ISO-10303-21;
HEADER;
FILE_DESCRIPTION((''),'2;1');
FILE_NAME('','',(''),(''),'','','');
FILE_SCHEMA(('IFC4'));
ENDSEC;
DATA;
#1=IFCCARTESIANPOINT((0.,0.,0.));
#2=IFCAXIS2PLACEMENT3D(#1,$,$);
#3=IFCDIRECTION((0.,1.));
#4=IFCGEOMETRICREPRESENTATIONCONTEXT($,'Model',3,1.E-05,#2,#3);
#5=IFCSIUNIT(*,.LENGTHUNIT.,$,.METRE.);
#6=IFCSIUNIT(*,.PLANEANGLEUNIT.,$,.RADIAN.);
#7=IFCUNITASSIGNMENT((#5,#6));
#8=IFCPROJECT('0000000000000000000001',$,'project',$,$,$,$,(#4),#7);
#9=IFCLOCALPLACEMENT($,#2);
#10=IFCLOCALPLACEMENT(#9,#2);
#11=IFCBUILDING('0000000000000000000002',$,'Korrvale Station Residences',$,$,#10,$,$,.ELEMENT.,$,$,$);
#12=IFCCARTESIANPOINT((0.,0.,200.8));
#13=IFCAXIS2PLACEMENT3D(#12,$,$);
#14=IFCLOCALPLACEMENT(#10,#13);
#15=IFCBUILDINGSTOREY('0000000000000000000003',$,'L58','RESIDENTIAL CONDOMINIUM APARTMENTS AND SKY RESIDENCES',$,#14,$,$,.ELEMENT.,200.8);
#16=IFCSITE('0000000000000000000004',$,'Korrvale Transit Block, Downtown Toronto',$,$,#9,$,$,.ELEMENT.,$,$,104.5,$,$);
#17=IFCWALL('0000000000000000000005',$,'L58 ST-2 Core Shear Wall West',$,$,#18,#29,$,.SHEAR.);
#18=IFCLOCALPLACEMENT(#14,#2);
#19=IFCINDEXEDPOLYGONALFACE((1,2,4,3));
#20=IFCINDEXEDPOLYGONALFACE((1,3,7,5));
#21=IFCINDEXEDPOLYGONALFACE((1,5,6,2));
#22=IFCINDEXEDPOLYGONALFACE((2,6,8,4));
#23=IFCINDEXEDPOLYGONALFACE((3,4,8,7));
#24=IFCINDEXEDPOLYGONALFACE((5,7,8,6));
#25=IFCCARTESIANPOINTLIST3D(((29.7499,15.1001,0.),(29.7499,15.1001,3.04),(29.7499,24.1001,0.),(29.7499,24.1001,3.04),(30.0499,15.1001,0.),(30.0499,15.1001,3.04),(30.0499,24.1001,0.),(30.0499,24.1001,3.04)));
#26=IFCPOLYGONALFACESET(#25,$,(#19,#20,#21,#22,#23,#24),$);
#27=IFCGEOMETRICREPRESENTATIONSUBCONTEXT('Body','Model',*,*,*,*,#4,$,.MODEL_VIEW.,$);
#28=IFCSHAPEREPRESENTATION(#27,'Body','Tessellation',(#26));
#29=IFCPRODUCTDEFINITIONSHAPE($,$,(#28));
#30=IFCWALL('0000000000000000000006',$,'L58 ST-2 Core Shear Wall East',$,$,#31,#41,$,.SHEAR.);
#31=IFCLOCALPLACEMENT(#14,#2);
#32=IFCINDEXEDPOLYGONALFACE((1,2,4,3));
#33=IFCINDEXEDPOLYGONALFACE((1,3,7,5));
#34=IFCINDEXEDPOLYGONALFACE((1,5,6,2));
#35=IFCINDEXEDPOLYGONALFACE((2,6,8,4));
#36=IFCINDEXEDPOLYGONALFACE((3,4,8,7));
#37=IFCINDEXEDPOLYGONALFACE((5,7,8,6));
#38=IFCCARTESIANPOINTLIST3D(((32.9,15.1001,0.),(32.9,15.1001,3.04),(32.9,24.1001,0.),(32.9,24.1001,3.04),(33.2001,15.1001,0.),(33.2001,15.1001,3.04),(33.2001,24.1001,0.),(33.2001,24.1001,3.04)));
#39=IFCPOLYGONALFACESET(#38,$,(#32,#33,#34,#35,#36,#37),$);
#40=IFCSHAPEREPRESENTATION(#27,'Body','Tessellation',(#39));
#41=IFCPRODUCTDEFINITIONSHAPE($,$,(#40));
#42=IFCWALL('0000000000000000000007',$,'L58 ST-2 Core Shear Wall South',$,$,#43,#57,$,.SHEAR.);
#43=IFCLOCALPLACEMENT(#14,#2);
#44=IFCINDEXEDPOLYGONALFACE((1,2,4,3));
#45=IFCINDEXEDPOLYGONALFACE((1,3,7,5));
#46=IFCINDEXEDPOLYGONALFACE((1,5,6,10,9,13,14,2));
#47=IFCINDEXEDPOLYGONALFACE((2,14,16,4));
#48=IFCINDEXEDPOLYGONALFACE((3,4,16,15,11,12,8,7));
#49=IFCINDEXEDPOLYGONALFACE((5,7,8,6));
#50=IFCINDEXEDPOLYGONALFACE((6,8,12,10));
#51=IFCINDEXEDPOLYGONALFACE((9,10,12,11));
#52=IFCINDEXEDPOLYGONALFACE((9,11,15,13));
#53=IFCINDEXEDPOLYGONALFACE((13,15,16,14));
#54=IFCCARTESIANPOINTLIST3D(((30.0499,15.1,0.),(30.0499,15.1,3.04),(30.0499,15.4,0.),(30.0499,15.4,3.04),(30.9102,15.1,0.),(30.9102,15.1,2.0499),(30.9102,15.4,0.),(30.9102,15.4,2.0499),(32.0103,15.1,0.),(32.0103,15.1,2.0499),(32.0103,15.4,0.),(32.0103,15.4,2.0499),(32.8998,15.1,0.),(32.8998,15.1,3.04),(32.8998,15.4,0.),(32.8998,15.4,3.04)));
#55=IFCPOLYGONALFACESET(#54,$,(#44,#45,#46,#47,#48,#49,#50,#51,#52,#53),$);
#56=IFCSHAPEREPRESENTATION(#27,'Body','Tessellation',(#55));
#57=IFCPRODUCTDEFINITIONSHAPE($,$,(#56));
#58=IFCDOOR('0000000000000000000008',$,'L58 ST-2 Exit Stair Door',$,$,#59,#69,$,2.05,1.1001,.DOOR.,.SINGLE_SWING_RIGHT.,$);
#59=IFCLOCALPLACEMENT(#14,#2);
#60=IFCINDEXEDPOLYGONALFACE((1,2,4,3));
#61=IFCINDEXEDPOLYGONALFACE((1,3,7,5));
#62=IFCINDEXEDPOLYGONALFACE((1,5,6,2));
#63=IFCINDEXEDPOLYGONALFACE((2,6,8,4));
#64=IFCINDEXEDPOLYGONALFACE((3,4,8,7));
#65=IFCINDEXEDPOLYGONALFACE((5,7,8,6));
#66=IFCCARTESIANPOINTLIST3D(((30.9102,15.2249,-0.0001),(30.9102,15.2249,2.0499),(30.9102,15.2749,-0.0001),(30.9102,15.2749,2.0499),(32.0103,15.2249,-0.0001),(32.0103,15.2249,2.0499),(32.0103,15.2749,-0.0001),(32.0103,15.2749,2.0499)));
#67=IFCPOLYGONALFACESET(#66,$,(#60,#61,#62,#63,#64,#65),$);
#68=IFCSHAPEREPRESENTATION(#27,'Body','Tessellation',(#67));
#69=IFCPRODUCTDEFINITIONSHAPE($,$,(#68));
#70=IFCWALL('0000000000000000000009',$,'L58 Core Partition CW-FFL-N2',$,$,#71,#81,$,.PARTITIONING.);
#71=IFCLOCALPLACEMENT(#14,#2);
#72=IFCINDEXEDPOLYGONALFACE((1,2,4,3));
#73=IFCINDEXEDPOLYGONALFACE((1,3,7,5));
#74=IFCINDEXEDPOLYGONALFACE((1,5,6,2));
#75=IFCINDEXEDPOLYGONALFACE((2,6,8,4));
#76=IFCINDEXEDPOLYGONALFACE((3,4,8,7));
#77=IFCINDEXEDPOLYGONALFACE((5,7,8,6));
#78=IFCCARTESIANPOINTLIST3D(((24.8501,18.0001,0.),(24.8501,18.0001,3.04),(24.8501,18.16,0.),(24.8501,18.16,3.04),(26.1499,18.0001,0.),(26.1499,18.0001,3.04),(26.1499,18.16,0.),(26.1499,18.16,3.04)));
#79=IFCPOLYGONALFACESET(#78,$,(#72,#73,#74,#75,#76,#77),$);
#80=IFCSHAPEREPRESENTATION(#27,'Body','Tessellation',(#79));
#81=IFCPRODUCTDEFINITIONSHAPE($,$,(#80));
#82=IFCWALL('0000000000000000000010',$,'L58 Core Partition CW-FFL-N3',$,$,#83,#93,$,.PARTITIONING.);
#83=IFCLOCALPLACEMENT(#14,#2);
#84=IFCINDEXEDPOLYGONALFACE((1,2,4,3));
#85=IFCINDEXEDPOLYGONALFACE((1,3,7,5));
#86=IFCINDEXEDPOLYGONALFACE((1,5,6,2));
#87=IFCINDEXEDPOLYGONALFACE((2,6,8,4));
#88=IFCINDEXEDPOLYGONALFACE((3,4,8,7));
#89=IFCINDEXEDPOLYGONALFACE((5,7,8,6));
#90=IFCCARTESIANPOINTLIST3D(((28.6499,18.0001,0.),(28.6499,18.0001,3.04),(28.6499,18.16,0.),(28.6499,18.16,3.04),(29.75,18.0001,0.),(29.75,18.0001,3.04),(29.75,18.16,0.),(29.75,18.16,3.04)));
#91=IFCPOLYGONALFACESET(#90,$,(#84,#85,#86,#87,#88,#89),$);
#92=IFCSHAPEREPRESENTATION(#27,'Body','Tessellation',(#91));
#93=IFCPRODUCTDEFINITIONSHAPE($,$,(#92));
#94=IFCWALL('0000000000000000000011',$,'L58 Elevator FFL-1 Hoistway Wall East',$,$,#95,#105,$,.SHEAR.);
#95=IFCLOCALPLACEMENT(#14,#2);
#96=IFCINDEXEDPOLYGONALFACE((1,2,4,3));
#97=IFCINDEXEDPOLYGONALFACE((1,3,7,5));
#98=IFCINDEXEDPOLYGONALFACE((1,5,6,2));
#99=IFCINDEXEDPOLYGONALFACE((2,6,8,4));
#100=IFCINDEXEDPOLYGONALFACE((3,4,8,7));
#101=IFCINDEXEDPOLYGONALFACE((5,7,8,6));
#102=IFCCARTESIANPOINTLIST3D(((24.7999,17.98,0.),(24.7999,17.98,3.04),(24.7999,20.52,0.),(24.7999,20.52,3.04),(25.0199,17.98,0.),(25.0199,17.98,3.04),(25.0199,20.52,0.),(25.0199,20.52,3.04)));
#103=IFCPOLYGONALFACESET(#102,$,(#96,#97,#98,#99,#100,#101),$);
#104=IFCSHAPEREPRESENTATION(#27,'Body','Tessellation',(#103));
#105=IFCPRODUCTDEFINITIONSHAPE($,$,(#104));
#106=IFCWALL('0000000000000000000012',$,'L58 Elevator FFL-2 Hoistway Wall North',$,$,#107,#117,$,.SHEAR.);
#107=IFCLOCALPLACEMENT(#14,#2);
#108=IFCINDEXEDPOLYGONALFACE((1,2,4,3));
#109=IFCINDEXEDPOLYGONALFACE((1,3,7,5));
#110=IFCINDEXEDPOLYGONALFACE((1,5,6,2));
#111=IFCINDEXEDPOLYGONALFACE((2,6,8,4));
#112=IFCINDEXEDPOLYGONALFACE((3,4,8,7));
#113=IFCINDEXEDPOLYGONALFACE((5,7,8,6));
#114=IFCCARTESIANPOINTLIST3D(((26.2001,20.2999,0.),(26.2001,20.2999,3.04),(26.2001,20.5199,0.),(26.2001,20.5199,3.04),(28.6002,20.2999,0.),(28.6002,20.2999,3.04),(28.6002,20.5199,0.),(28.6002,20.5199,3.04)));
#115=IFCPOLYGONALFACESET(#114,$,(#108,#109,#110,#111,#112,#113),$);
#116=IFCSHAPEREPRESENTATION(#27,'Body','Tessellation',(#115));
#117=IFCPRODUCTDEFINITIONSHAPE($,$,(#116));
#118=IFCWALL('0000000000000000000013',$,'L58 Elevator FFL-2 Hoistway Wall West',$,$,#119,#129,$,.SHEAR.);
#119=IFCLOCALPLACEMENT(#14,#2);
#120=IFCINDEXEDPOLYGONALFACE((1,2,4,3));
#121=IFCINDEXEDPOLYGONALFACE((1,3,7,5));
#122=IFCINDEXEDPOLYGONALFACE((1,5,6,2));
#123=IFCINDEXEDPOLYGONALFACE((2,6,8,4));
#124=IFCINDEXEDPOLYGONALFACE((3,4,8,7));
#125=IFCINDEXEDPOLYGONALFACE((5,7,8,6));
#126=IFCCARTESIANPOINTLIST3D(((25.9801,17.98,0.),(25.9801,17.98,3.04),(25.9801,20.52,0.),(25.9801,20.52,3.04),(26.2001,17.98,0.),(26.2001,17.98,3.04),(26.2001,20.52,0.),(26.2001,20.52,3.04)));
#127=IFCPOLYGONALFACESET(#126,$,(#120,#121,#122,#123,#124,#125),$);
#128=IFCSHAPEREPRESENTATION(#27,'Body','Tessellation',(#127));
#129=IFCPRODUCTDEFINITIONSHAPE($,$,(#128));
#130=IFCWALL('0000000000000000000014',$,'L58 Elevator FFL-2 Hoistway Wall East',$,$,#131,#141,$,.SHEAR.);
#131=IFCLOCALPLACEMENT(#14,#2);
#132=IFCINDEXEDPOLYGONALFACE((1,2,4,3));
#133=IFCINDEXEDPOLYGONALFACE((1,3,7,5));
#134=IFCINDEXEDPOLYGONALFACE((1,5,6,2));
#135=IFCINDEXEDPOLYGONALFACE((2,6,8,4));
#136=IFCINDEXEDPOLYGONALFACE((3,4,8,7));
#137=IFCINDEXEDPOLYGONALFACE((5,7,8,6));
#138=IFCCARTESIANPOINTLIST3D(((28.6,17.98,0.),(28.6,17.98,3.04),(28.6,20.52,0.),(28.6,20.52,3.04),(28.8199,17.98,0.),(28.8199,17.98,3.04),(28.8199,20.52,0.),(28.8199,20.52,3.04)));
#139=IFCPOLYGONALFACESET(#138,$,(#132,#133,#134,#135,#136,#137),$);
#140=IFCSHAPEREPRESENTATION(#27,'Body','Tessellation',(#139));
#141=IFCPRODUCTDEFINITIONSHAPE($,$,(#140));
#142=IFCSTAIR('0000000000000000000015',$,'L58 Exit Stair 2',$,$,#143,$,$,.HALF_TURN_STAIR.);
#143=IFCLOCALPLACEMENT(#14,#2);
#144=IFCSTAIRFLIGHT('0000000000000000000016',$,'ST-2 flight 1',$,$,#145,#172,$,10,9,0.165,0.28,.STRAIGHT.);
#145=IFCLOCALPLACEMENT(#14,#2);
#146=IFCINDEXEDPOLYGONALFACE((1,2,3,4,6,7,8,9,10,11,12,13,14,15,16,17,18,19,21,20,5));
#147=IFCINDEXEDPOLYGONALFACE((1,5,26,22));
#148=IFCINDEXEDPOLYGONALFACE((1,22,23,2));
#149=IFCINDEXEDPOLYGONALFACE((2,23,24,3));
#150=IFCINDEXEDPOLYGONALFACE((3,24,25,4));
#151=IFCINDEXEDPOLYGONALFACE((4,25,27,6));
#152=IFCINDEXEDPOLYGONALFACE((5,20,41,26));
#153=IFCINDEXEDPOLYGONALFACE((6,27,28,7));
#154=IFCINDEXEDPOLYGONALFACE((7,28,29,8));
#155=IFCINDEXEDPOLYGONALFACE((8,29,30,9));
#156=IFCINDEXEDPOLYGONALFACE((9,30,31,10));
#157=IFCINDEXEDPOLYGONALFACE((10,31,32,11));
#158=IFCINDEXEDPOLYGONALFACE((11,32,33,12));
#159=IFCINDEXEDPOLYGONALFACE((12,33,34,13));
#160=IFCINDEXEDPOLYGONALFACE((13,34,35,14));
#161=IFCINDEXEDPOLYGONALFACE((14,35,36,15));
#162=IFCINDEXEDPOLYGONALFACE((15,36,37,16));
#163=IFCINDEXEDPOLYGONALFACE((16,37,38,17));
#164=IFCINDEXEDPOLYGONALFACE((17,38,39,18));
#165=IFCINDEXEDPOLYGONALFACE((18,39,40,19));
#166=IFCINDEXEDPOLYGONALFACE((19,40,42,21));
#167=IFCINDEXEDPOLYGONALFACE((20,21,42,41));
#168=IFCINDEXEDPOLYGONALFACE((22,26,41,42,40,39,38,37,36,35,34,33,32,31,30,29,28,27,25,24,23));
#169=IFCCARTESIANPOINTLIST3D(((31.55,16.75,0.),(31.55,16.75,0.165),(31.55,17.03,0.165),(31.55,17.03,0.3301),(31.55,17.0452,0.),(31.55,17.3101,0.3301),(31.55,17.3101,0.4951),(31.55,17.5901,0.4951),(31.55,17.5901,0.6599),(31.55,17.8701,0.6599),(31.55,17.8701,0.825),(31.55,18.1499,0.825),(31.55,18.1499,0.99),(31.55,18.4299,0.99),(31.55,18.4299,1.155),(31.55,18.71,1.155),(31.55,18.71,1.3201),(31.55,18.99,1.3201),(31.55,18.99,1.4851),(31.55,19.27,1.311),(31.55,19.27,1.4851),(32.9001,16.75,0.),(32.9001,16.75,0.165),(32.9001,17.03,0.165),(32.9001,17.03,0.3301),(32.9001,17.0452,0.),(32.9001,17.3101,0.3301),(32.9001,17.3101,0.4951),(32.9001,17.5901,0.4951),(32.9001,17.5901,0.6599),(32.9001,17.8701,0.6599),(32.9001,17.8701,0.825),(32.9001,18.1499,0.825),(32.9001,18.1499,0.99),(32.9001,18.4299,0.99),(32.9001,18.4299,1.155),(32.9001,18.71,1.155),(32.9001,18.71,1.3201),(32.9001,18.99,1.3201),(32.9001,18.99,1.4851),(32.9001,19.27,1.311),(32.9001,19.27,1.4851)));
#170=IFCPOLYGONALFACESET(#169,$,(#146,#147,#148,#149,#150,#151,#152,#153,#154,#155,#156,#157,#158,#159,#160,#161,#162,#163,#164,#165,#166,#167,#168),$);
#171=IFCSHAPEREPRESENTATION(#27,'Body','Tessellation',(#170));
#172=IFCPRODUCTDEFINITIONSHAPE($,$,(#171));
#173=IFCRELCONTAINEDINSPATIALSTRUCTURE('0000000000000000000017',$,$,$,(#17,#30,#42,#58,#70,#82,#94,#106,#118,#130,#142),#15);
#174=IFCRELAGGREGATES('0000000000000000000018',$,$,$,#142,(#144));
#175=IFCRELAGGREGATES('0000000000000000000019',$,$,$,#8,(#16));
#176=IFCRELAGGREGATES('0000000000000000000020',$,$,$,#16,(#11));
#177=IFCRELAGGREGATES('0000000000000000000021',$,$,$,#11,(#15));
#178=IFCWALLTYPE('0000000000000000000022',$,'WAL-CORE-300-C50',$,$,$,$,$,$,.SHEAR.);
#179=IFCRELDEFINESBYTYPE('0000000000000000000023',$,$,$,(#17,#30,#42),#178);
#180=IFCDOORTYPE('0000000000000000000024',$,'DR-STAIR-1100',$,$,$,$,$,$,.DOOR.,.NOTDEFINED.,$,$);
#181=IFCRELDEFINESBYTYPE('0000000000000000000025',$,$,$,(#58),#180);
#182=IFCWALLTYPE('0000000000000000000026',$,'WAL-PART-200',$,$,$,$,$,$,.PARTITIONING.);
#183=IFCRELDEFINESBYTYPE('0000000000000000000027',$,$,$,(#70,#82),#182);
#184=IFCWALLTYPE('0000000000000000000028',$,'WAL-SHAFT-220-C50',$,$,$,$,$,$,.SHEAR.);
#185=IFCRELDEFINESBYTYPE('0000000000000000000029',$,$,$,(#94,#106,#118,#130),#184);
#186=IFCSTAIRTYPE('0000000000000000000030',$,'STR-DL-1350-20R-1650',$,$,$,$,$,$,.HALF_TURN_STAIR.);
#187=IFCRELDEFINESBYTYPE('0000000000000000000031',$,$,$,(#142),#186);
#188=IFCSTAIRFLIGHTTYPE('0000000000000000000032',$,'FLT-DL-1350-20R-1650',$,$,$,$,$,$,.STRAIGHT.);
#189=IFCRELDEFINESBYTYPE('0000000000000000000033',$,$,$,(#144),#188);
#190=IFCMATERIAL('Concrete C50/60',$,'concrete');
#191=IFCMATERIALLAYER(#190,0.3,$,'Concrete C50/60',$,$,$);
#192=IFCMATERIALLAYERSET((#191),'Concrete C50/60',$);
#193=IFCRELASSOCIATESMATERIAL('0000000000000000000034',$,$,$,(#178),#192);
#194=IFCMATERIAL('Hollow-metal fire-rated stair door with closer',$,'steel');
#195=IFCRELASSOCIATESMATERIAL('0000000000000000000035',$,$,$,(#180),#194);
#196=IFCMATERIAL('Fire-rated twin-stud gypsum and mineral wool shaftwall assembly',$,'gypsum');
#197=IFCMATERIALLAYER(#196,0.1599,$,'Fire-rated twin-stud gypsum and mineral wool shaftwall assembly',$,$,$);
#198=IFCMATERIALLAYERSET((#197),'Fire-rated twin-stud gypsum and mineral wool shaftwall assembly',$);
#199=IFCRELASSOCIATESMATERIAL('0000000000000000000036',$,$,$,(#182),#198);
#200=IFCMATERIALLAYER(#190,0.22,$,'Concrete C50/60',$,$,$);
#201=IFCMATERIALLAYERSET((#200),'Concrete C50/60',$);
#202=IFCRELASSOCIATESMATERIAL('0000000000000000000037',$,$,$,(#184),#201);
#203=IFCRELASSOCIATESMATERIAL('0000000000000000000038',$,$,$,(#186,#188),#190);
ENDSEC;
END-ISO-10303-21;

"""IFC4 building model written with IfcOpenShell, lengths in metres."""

from ifc_helpers import new_model, si_unit, direction, frame, frame_2d, origin, place, context, subcontext, project, spatial, polyline, rectangle, outline, extrude, material, layer, layer_set, type_object, element, fill, aggregate, save


model = new_model("IFC4")

# Units and contexts
model_context = context("Model", 3, precision=1e-05, world=origin(), true_north=direction((0.0, 1.0)))
body_context = subcontext(model_context, "Body", "Model", "MODEL_VIEW")
ifc_project = project(units=[si_unit("LENGTHUNIT", "METRE"), si_unit("PLANEANGLEUNIT", "RADIAN")], contexts=[model_context])

# Site, building, storey
site_placement = place(None, origin())
site = spatial("IfcSite", under=ifc_project, at=site_placement, Name="Korrvale Transit Block, Downtown Toronto", CompositionType="ELEMENT", RefElevation=104.5)
building_placement = place(site_placement, origin())
building = spatial("IfcBuilding", under=site, at=building_placement, Name="Korrvale Station Residences", CompositionType="ELEMENT")
storey_placement = place(building_placement, frame((0.0, 0.0, 200.8)))
storey = spatial("IfcBuildingStorey", under=building, at=storey_placement, Name="L58", Description="RESIDENTIAL CONDOMINIUM APARTMENTS AND SKY RESIDENCES", CompositionType="ELEMENT", Elevation=200.8)

# Walls
ifc_material_1 = material(Name="Concrete C50/60", Category="concrete")
ifc_layer_1 = layer(ifc_material_1, 0.3, Name="Concrete C50/60")
ifc_layer_set_1 = layer_set([ifc_layer_1], Name="Concrete C50/60")
wall_type_1 = type_object("IfcWallType", Name="WAL-CORE-300-C50", PredefinedType="SHEAR", material=ifc_layer_set_1)
for number, where, z_axis, x_axis, name in (
    (1, (29.8999, 15.1001, 0.0), (0.0, 0.0, 1.0), (0.0, 1.0, 0.0), "L58 ST-2 Core Shear Wall West"),
    (2, (33.05, 15.1001, 0.0), (0.0, 0.0, 1.0), (0.0, 1.0, 0.0), "L58 ST-2 Core Shear Wall East"),
):
    element("IfcWall", number, at=place(storey_placement, frame(where, z_axis=z_axis, x_axis=x_axis)), inside=storey, type_object=wall_type_1, Name=name, PredefinedType="SHEAR", context=body_context, shape_type="SweptSolid", body=[
        extrude(rectangle(XDim=9.0, YDim=0.3, at=frame_2d((4.5, 0.0))), origin(), (0.0, 0.0, 1.0), 3.04),
    ])

# Wall, opening, door
wall_1_placement = place(storey_placement, frame((30.05, 15.25, 0.0), z_axis=(0.0, 0.0, 1.0), x_axis=(1.0, 0.0, 0.0)))
wall_1 = element("IfcWall", 3, at=wall_1_placement, inside=storey, type_object=wall_type_1, Name="L58 ST-2 Core Shear Wall South", PredefinedType="SHEAR", context=body_context, shape_type="SweptSolid", body=[
    extrude(rectangle(XDim=2.8499, YDim=0.3, at=frame_2d((1.4248, 0.0))), origin(), (0.0, 0.0, 1.0), 3.04),
])
opening_1_placement = place(wall_1_placement, frame((0.8601, 0.0, 0.0)))
opening_1 = element("IfcOpeningElement", 4, at=opening_1_placement, cuts=wall_1, PredefinedType="OPENING", context=body_context, shape_type="SweptSolid", body=[
    extrude(rectangle(XDim=1.1001, YDim=2.05, at=frame_2d((0.55, 1.0249))), frame((0.0, 0.1602, 0.0), z_axis=(0.0, -1.0, 0.0), x_axis=(1.0, 0.0, 0.0)), (0.0, 0.0, 1.0), 0.3201),
])
ifc_material_2 = material(Name="Hollow-metal fire-rated stair door with closer", Category="steel")
door_type_1 = type_object("IfcDoorType", Name="DR-STAIR-1100", OperationType="NOTDEFINED", PredefinedType="DOOR", material=ifc_material_2)
door_1_placement = place(opening_1_placement, origin())
door_1 = element("IfcDoor", 5, at=door_1_placement, inside=storey, type_object=door_type_1, Name="L58 ST-2 Exit Stair Door", OperationType="SINGLE_SWING_RIGHT", OverallHeight=2.05, OverallWidth=1.1001, PredefinedType="DOOR", context=body_context, shape_type="SweptSolid", body=[
    extrude(rectangle(XDim=1.1001, YDim=2.05, at=frame_2d((0.55, 1.0249))), frame((0.0, 0.0249, 0.0), z_axis=(0.0, -1.0, 0.0), x_axis=(1.0, 0.0, 0.0)), (0.0, 0.0, 1.0), 0.05),
])
fill(opening_1, door_1)

# Walls
ifc_material_3 = material(Name="Fire-rated twin-stud gypsum and mineral wool shaftwall assembly", Category="gypsum")
ifc_layer_2 = layer(ifc_material_3, 0.1599, Name="Fire-rated twin-stud gypsum and mineral wool shaftwall assembly")
ifc_layer_set_2 = layer_set([ifc_layer_2], Name="Fire-rated twin-stud gypsum and mineral wool shaftwall assembly")
wall_type_2 = type_object("IfcWallType", Name="WAL-PART-200", PredefinedType="PARTITIONING", material=ifc_layer_set_2)
wall_2_placement = place(storey_placement, frame((24.8501, 18.0801, 0.0), z_axis=(0.0, 0.0, 1.0), x_axis=(1.0, 0.0, 0.0)))
element("IfcWall", 6, at=wall_2_placement, inside=storey, type_object=wall_type_2, Name="L58 Core Partition CW-FFL-N2", PredefinedType="PARTITIONING", context=body_context, shape_type="SweptSolid", body=[
    extrude(rectangle(XDim=1.2998, YDim=0.1599, at=frame_2d((0.6499, 0.0))), origin(), (0.0, 0.0, 1.0), 3.04),
])
wall_3_placement = place(storey_placement, frame((28.6499, 18.0801, 0.0), z_axis=(0.0, 0.0, 1.0), x_axis=(1.0, 0.0, 0.0)))
element("IfcWall", 7, at=wall_3_placement, inside=storey, type_object=wall_type_2, Name="L58 Core Partition CW-FFL-N3", PredefinedType="PARTITIONING", context=body_context, shape_type="SweptSolid", body=[
    extrude(rectangle(XDim=1.1001, YDim=0.1599, at=frame_2d((0.55, 0.0))), origin(), (0.0, 0.0, 1.0), 3.04),
])
ifc_layer_3 = layer(ifc_material_1, 0.22, Name="Concrete C50/60")
ifc_layer_set_3 = layer_set([ifc_layer_3], Name="Concrete C50/60")
wall_type_3 = type_object("IfcWallType", Name="WAL-SHAFT-220-C50", PredefinedType="SHEAR", material=ifc_layer_set_3)
wall_4_placement = place(storey_placement, frame((24.9099, 17.98, 0.0), z_axis=(0.0, 0.0, 1.0), x_axis=(0.0, 1.0, 0.0)))
element("IfcWall", 8, at=wall_4_placement, inside=storey, type_object=wall_type_3, Name="L58 Elevator FFL-1 Hoistway Wall East", PredefinedType="SHEAR", context=body_context, shape_type="SweptSolid", body=[
    extrude(rectangle(XDim=2.54, YDim=0.22, at=frame_2d((1.27, 0.0))), origin(), (0.0, 0.0, 1.0), 3.04),
])

# Walls
wall_5_placement = place(storey_placement, frame((26.2, 20.4099, 0.0), z_axis=(0.0, 0.0, 1.0), x_axis=(1.0, 0.0, 0.0)))
element("IfcWall", 9, at=wall_5_placement, inside=storey, type_object=wall_type_3, Name="L58 Elevator FFL-2 Hoistway Wall North", PredefinedType="SHEAR", context=body_context, shape_type="SweptSolid", body=[
    extrude(rectangle(XDim=2.4001, YDim=0.22, at=frame_2d((1.2002, 0.0))), origin(), (0.0, 0.0, 1.0), 3.04),
])
for number, where, z_axis, x_axis, name in (
    (10, (26.0901, 17.98, 0.0), (0.0, 0.0, 1.0), (0.0, 1.0, 0.0), "L58 Elevator FFL-2 Hoistway Wall West"),
    (11, (28.71, 17.98, 0.0), (0.0, 0.0, 1.0), (0.0, 1.0, 0.0), "L58 Elevator FFL-2 Hoistway Wall East"),
):
    element("IfcWall", number, at=place(storey_placement, frame(where, z_axis=z_axis, x_axis=x_axis)), inside=storey, type_object=wall_type_3, Name=name, PredefinedType="SHEAR", context=body_context, shape_type="SweptSolid", body=[
        extrude(rectangle(XDim=2.54, YDim=0.22, at=frame_2d((1.27, 0.0))), origin(), (0.0, 0.0, 1.0), 3.04),
    ])

# Stair, stair flight
stair_type = type_object("IfcStairType", Name="STR-DL-1350-20R-1650", PredefinedType="HALF_TURN_STAIR", material=ifc_material_1)
stair_placement = place(storey_placement, origin())
stair = element("IfcStair", 12, at=stair_placement, inside=storey, type_object=stair_type, Name="L58 Exit Stair 2", PredefinedType="HALF_TURN_STAIR")
stair_flight_type = type_object("IfcStairFlightType", Name="FLT-DL-1350-20R-1650", PredefinedType="STRAIGHT", material=ifc_material_1)
stair_flight_1_placement = place(storey_placement, frame((32.2251, 16.75, 0.0), z_axis=(0.0, 0.0, 1.0), x_axis=(0.0, 1.0, 0.0)))
stair_flight_1 = element("IfcStairFlight", 13, at=stair_flight_1_placement, type_object=stair_flight_type, Name="ST-2 flight 1", NumberOfRisers=10, NumberOfTreads=9, PredefinedType="STRAIGHT", RiserHeight=0.165, TreadLength=0.28, context=body_context, shape_type="SweptSolid", body=[
    extrude(outline(polyline([(0.0, 0.0), (0.0, 0.165), (0.28, 0.165), (0.28, 0.3301), (0.5601, 0.3301), (0.5601, 0.4951), (0.8401, 0.4951), (0.8401, 0.6599), (1.1201, 0.6599), (1.1201, 0.825), (1.3999, 0.825), (1.3999, 0.99), (1.6799, 0.99), (1.6799, 1.155), (1.96, 1.155), (1.96, 1.3201), (2.24, 1.3201), (2.24, 1.4851), (2.52, 1.4851), (2.52, 1.6499), (2.52, 1.311), (0.2952, 0.0), (0.0, 0.0)])), frame((0.0, 0.675, 0.0), z_axis=(0.0, -1.0, 0.0), x_axis=(1.0, 0.0, 0.0)), (0.0, 0.0, 1.0), 1.3501),
])
aggregate(stair, [stair_flight_1])

save(model, "model.ifc")
